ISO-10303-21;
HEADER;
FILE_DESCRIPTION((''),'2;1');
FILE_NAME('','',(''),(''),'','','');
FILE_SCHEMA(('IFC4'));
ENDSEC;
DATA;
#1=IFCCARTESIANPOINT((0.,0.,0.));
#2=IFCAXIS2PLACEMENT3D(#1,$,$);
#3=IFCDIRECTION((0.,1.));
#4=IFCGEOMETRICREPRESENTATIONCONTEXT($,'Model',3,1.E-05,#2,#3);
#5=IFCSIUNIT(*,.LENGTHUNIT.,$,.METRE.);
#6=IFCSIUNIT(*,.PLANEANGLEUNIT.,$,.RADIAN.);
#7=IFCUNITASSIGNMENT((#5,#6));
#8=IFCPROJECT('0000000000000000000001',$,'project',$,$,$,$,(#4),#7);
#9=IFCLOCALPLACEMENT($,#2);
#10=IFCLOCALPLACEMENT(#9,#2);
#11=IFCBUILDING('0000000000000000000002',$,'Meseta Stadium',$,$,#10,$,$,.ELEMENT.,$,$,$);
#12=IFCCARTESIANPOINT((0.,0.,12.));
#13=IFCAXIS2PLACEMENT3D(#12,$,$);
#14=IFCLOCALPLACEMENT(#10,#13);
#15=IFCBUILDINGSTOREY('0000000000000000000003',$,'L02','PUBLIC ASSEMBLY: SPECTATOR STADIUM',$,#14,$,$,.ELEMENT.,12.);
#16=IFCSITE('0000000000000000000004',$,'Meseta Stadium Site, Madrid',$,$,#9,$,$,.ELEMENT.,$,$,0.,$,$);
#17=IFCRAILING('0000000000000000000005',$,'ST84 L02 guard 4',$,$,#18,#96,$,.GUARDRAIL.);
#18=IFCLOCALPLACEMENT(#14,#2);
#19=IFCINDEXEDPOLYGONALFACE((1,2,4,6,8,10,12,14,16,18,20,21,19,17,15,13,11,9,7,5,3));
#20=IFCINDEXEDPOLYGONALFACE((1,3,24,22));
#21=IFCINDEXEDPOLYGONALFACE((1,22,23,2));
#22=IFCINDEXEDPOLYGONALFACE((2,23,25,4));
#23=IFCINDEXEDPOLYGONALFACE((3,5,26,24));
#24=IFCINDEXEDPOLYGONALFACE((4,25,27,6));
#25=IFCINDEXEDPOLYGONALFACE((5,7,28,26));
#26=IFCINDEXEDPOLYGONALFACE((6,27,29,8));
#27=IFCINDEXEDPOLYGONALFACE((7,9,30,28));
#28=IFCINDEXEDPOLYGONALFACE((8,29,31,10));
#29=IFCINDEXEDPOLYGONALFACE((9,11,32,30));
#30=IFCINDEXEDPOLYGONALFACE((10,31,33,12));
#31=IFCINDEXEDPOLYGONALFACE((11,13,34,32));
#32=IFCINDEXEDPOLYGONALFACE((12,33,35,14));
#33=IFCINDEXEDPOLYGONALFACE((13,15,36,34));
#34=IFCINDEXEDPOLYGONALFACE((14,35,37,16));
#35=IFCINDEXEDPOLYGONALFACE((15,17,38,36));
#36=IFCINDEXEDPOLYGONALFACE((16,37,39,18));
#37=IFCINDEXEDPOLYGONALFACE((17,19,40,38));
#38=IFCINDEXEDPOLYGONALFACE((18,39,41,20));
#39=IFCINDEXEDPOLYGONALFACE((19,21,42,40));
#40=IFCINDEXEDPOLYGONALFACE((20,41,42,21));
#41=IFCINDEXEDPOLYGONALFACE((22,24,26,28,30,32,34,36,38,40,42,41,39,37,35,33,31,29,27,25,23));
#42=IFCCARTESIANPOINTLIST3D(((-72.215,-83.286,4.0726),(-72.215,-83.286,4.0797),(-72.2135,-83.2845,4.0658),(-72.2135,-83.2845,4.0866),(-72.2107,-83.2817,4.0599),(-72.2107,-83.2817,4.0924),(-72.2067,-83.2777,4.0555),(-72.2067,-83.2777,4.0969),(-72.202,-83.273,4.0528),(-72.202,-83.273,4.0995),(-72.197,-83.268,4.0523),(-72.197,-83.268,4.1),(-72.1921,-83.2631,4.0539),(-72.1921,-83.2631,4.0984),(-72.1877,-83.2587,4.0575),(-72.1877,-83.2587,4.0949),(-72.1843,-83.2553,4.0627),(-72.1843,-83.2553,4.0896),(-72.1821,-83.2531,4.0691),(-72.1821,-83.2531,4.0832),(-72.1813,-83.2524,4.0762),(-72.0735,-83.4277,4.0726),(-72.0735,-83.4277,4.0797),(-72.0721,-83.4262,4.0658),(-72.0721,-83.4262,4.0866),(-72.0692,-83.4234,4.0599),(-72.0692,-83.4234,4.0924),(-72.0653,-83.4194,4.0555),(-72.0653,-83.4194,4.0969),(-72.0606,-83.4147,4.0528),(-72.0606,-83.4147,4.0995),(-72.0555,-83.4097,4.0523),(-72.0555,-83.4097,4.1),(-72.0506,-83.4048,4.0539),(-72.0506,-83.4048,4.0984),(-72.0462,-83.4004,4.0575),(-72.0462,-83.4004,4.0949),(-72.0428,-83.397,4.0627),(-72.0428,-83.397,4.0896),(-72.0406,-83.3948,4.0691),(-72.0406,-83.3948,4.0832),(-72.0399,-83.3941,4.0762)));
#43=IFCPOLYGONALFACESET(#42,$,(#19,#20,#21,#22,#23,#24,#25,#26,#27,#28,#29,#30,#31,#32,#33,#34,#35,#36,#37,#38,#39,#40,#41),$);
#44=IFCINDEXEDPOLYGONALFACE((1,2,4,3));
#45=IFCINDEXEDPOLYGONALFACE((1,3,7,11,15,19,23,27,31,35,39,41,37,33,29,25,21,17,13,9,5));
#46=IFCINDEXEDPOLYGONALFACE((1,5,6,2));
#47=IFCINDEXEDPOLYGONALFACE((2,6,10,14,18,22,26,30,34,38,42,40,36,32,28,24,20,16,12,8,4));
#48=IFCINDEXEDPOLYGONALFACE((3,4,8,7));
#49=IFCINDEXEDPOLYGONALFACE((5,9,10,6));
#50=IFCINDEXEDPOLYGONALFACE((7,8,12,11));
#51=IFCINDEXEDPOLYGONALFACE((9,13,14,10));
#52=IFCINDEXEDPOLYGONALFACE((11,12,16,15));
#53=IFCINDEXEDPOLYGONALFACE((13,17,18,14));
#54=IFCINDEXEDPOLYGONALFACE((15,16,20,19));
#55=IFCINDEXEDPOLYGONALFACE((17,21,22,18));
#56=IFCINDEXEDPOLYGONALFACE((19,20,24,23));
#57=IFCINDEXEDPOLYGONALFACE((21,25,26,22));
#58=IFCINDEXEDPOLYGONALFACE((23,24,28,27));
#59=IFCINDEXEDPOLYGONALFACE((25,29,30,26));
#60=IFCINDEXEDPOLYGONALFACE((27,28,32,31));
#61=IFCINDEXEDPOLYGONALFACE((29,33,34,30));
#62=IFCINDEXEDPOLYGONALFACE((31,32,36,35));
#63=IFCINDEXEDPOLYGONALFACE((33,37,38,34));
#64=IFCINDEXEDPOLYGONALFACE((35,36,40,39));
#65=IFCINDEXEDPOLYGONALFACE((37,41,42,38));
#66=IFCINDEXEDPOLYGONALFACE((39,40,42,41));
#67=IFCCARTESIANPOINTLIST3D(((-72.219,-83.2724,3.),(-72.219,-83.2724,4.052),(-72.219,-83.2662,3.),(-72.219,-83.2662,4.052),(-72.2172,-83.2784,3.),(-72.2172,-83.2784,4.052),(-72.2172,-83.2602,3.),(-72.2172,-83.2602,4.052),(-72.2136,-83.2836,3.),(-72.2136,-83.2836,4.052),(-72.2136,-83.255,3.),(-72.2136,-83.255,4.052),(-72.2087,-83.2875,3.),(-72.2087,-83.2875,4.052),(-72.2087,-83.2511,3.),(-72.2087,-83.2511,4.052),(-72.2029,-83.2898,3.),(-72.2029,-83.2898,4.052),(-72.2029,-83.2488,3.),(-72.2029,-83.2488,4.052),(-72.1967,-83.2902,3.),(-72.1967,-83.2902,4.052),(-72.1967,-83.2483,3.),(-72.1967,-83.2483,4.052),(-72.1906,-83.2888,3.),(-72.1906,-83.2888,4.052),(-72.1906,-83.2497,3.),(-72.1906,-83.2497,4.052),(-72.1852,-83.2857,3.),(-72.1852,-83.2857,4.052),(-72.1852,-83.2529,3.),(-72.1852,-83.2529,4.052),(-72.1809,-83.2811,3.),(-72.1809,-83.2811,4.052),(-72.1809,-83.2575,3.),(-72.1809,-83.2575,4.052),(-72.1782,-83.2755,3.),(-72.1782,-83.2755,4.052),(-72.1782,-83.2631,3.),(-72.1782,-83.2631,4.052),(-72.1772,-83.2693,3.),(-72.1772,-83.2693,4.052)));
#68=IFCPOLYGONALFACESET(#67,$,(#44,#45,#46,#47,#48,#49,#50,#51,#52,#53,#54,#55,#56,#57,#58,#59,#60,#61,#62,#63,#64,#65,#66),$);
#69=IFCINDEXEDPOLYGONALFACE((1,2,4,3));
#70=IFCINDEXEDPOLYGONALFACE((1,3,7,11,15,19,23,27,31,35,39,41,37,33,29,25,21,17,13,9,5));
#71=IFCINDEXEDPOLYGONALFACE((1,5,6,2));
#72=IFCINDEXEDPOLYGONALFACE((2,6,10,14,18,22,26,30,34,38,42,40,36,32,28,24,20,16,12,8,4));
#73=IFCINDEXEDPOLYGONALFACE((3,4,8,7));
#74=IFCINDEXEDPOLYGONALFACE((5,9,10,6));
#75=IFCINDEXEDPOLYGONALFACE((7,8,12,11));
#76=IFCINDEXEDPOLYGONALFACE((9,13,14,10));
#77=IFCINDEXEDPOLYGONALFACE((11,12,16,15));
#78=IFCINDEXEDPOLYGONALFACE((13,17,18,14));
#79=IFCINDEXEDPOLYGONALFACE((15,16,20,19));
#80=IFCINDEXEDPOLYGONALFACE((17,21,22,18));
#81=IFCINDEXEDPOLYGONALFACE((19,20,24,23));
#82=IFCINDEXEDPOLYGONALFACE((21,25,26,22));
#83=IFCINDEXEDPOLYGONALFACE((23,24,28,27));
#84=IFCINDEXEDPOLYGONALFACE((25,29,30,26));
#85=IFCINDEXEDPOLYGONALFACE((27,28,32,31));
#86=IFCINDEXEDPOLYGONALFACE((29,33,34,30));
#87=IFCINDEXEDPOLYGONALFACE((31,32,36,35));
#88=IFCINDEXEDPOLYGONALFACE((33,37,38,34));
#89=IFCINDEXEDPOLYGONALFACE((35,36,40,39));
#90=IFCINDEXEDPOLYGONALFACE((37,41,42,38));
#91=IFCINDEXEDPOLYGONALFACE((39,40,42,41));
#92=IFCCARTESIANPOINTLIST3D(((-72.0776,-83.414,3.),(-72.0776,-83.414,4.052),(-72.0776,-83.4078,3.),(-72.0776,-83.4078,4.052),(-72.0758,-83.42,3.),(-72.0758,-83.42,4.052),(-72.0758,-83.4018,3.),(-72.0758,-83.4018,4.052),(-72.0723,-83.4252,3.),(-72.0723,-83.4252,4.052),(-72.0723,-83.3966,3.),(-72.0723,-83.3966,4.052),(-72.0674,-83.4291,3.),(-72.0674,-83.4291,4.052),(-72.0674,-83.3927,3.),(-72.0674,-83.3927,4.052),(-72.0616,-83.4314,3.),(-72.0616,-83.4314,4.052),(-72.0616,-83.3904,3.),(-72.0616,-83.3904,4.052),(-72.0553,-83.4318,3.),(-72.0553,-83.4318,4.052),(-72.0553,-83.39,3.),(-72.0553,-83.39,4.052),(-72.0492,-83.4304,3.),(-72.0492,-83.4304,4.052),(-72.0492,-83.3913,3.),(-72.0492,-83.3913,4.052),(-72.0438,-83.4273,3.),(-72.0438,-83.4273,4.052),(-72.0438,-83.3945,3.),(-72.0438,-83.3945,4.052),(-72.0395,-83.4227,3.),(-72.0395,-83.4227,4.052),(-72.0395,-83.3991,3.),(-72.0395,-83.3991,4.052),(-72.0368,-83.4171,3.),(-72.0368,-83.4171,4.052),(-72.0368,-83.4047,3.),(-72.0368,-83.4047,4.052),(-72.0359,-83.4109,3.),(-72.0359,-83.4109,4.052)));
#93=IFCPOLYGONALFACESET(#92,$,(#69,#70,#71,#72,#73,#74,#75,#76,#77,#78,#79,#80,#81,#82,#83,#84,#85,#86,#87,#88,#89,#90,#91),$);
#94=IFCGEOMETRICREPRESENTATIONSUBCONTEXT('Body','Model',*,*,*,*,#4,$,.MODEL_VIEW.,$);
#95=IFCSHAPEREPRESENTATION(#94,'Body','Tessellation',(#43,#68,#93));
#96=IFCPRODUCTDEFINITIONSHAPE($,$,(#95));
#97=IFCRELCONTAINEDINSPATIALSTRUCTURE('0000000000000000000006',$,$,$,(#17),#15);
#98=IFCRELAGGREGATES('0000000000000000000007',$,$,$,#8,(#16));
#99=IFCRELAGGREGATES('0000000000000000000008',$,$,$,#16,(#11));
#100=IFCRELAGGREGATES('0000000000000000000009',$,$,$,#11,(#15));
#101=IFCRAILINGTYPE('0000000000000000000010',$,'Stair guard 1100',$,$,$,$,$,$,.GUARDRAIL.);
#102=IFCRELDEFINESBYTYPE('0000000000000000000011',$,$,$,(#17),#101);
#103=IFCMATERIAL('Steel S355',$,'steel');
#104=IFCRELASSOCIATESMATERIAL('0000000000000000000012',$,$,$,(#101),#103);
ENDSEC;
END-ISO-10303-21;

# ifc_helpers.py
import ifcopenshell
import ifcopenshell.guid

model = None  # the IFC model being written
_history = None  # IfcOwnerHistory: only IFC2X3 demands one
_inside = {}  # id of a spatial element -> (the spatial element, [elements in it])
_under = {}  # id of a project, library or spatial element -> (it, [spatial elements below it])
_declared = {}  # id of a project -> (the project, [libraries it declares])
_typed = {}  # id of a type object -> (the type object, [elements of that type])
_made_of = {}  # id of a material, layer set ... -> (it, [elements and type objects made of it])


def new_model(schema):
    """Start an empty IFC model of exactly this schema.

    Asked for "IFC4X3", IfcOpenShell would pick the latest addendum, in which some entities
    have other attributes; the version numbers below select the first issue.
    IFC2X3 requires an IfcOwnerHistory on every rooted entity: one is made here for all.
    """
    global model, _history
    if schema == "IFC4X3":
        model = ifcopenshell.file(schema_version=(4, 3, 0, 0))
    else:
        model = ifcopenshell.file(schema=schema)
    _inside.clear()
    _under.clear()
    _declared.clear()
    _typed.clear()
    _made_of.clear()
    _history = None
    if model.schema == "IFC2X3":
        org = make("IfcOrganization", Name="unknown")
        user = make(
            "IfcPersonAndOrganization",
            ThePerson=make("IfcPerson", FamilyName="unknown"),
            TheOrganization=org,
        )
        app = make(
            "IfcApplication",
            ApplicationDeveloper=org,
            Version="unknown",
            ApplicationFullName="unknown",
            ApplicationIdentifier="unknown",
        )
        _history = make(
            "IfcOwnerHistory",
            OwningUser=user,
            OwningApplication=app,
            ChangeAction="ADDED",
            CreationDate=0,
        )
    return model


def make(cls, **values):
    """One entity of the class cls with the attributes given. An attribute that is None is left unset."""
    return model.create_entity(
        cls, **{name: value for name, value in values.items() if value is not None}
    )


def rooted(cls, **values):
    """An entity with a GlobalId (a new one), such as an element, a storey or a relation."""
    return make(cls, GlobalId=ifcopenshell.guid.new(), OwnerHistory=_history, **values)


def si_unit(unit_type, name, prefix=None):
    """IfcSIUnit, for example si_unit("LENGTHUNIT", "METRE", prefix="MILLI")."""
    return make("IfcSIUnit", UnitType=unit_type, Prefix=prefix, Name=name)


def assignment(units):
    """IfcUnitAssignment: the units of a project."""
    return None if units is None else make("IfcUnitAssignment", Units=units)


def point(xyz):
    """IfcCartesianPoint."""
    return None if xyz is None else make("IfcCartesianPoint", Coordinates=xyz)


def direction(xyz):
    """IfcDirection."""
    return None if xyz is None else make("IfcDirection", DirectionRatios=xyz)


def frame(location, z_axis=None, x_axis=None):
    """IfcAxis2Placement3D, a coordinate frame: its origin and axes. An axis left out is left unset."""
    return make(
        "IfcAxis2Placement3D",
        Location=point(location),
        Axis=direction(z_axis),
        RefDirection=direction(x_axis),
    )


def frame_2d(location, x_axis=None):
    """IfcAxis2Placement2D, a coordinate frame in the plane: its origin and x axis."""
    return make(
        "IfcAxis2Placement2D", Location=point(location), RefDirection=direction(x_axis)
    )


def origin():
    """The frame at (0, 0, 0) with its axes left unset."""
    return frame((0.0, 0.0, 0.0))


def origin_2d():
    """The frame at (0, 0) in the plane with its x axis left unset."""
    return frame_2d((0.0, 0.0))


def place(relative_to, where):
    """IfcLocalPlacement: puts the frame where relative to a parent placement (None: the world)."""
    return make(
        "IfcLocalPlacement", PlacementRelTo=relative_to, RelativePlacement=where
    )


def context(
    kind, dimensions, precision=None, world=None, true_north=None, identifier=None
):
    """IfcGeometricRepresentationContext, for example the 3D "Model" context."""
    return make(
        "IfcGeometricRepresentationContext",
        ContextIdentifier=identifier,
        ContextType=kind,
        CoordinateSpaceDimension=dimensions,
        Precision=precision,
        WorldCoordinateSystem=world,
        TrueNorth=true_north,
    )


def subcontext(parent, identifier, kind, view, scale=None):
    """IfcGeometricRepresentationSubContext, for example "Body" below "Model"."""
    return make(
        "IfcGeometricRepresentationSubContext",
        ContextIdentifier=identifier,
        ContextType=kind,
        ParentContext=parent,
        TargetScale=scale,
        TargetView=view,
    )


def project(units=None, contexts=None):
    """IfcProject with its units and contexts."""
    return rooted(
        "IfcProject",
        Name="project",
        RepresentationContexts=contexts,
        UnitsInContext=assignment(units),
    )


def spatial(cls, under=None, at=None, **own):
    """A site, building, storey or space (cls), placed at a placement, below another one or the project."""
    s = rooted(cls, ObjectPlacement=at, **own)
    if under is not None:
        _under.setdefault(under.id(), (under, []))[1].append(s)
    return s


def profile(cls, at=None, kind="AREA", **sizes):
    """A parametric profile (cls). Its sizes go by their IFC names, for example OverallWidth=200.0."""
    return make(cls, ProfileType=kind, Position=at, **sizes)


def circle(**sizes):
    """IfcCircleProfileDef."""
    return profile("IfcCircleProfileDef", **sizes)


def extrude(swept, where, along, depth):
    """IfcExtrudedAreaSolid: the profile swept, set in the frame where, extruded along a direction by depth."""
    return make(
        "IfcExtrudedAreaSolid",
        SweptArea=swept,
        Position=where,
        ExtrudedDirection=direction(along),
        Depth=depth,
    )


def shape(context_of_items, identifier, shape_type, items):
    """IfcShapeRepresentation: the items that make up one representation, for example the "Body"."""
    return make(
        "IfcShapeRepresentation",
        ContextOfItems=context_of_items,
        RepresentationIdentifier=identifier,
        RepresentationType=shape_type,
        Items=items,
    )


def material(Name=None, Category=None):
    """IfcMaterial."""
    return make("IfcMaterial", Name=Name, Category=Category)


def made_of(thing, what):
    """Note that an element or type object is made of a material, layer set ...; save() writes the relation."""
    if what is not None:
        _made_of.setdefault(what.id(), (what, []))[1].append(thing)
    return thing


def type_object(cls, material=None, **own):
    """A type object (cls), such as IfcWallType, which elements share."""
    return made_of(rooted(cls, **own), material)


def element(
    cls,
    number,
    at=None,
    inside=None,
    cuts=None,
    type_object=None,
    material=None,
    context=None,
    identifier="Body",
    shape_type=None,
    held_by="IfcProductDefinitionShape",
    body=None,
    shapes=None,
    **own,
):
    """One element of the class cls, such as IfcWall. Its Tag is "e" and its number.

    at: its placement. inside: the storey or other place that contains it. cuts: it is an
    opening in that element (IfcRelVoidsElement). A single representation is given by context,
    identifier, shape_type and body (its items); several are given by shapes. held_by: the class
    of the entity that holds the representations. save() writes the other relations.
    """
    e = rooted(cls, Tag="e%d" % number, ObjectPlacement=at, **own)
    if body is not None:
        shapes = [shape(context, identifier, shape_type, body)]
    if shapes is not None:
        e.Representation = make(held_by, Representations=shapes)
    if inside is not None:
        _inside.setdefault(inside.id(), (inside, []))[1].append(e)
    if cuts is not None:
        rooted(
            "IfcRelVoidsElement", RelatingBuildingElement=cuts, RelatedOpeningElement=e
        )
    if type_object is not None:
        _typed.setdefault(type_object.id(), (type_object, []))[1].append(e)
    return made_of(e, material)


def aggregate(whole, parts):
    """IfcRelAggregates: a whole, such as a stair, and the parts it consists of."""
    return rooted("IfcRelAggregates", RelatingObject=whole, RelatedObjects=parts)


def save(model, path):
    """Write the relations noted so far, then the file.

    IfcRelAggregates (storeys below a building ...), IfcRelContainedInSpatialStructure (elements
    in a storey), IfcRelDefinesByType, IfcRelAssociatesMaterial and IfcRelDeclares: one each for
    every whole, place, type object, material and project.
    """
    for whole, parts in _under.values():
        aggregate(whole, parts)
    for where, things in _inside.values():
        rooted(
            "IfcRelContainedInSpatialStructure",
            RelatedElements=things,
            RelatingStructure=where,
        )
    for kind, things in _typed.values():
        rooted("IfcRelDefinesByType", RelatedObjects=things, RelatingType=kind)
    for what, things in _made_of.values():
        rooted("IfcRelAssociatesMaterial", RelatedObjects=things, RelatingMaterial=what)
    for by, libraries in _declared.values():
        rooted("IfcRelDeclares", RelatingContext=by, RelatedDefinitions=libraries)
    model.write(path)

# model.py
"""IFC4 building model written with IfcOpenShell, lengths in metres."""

from ifc_helpers import new_model, si_unit, direction, frame, origin, origin_2d, place, context, subcontext, project, spatial, circle, extrude, material, type_object, element, save


model = new_model("IFC4")

# Units and contexts
model_context = context("Model", 3, precision=1e-05, world=origin(), true_north=direction((0.0, 1.0)))
body_context = subcontext(model_context, "Body", "Model", "MODEL_VIEW")
ifc_project = project(units=[si_unit("LENGTHUNIT", "METRE"), si_unit("PLANEANGLEUNIT", "RADIAN")], contexts=[model_context])

# Site, building, storey
site_placement = place(None, origin())
site = spatial("IfcSite", under=ifc_project, at=site_placement, Name="Meseta Stadium Site, Madrid", CompositionType="ELEMENT", RefElevation=0.0)
building_placement = place(site_placement, origin())
building = spatial("IfcBuilding", under=site, at=building_placement, Name="Meseta Stadium", CompositionType="ELEMENT")
storey_placement = place(building_placement, frame((0.0, 0.0, 12.0)))
storey = spatial("IfcBuildingStorey", under=building, at=storey_placement, Name="L02", Description="PUBLIC ASSEMBLY: SPECTATOR STADIUM", CompositionType="ELEMENT", Elevation=12.0)

# Railing
ifc_material_1 = material(Name="Steel S355", Category="steel")
railing_type_1 = type_object("IfcRailingType", Name="Stair guard 1100", PredefinedType="GUARDRAIL", material=ifc_material_1)
railing_1_placement = place(storey_placement, frame((-72.1982, -83.2693, 3.0)))
element("IfcRailing", 1, at=railing_1_placement, inside=storey, type_object=railing_type_1, Name="ST84 L02 guard 4", PredefinedType="GUARDRAIL", context=body_context, shape_type="SweptSolid", body=[
    extrude(circle(Radius=0.0239, at=origin_2d()), frame((0.0, 0.0, 1.0762), z_axis=(0.706496, -0.707717, 0.0), x_axis=(0.707717, 0.706496, 0.0)), (0.0, 0.0, 1.0), 0.2002),
    extrude(circle(Radius=0.021, at=origin_2d()), origin(), (0.0, 0.0, 1.0), 1.052),
    extrude(circle(Radius=0.021, at=origin_2d()), frame((0.1414, -0.1416, 0.0)), (0.0, 0.0, 1.0), 1.052),
])

save(model, "model.ifc")
